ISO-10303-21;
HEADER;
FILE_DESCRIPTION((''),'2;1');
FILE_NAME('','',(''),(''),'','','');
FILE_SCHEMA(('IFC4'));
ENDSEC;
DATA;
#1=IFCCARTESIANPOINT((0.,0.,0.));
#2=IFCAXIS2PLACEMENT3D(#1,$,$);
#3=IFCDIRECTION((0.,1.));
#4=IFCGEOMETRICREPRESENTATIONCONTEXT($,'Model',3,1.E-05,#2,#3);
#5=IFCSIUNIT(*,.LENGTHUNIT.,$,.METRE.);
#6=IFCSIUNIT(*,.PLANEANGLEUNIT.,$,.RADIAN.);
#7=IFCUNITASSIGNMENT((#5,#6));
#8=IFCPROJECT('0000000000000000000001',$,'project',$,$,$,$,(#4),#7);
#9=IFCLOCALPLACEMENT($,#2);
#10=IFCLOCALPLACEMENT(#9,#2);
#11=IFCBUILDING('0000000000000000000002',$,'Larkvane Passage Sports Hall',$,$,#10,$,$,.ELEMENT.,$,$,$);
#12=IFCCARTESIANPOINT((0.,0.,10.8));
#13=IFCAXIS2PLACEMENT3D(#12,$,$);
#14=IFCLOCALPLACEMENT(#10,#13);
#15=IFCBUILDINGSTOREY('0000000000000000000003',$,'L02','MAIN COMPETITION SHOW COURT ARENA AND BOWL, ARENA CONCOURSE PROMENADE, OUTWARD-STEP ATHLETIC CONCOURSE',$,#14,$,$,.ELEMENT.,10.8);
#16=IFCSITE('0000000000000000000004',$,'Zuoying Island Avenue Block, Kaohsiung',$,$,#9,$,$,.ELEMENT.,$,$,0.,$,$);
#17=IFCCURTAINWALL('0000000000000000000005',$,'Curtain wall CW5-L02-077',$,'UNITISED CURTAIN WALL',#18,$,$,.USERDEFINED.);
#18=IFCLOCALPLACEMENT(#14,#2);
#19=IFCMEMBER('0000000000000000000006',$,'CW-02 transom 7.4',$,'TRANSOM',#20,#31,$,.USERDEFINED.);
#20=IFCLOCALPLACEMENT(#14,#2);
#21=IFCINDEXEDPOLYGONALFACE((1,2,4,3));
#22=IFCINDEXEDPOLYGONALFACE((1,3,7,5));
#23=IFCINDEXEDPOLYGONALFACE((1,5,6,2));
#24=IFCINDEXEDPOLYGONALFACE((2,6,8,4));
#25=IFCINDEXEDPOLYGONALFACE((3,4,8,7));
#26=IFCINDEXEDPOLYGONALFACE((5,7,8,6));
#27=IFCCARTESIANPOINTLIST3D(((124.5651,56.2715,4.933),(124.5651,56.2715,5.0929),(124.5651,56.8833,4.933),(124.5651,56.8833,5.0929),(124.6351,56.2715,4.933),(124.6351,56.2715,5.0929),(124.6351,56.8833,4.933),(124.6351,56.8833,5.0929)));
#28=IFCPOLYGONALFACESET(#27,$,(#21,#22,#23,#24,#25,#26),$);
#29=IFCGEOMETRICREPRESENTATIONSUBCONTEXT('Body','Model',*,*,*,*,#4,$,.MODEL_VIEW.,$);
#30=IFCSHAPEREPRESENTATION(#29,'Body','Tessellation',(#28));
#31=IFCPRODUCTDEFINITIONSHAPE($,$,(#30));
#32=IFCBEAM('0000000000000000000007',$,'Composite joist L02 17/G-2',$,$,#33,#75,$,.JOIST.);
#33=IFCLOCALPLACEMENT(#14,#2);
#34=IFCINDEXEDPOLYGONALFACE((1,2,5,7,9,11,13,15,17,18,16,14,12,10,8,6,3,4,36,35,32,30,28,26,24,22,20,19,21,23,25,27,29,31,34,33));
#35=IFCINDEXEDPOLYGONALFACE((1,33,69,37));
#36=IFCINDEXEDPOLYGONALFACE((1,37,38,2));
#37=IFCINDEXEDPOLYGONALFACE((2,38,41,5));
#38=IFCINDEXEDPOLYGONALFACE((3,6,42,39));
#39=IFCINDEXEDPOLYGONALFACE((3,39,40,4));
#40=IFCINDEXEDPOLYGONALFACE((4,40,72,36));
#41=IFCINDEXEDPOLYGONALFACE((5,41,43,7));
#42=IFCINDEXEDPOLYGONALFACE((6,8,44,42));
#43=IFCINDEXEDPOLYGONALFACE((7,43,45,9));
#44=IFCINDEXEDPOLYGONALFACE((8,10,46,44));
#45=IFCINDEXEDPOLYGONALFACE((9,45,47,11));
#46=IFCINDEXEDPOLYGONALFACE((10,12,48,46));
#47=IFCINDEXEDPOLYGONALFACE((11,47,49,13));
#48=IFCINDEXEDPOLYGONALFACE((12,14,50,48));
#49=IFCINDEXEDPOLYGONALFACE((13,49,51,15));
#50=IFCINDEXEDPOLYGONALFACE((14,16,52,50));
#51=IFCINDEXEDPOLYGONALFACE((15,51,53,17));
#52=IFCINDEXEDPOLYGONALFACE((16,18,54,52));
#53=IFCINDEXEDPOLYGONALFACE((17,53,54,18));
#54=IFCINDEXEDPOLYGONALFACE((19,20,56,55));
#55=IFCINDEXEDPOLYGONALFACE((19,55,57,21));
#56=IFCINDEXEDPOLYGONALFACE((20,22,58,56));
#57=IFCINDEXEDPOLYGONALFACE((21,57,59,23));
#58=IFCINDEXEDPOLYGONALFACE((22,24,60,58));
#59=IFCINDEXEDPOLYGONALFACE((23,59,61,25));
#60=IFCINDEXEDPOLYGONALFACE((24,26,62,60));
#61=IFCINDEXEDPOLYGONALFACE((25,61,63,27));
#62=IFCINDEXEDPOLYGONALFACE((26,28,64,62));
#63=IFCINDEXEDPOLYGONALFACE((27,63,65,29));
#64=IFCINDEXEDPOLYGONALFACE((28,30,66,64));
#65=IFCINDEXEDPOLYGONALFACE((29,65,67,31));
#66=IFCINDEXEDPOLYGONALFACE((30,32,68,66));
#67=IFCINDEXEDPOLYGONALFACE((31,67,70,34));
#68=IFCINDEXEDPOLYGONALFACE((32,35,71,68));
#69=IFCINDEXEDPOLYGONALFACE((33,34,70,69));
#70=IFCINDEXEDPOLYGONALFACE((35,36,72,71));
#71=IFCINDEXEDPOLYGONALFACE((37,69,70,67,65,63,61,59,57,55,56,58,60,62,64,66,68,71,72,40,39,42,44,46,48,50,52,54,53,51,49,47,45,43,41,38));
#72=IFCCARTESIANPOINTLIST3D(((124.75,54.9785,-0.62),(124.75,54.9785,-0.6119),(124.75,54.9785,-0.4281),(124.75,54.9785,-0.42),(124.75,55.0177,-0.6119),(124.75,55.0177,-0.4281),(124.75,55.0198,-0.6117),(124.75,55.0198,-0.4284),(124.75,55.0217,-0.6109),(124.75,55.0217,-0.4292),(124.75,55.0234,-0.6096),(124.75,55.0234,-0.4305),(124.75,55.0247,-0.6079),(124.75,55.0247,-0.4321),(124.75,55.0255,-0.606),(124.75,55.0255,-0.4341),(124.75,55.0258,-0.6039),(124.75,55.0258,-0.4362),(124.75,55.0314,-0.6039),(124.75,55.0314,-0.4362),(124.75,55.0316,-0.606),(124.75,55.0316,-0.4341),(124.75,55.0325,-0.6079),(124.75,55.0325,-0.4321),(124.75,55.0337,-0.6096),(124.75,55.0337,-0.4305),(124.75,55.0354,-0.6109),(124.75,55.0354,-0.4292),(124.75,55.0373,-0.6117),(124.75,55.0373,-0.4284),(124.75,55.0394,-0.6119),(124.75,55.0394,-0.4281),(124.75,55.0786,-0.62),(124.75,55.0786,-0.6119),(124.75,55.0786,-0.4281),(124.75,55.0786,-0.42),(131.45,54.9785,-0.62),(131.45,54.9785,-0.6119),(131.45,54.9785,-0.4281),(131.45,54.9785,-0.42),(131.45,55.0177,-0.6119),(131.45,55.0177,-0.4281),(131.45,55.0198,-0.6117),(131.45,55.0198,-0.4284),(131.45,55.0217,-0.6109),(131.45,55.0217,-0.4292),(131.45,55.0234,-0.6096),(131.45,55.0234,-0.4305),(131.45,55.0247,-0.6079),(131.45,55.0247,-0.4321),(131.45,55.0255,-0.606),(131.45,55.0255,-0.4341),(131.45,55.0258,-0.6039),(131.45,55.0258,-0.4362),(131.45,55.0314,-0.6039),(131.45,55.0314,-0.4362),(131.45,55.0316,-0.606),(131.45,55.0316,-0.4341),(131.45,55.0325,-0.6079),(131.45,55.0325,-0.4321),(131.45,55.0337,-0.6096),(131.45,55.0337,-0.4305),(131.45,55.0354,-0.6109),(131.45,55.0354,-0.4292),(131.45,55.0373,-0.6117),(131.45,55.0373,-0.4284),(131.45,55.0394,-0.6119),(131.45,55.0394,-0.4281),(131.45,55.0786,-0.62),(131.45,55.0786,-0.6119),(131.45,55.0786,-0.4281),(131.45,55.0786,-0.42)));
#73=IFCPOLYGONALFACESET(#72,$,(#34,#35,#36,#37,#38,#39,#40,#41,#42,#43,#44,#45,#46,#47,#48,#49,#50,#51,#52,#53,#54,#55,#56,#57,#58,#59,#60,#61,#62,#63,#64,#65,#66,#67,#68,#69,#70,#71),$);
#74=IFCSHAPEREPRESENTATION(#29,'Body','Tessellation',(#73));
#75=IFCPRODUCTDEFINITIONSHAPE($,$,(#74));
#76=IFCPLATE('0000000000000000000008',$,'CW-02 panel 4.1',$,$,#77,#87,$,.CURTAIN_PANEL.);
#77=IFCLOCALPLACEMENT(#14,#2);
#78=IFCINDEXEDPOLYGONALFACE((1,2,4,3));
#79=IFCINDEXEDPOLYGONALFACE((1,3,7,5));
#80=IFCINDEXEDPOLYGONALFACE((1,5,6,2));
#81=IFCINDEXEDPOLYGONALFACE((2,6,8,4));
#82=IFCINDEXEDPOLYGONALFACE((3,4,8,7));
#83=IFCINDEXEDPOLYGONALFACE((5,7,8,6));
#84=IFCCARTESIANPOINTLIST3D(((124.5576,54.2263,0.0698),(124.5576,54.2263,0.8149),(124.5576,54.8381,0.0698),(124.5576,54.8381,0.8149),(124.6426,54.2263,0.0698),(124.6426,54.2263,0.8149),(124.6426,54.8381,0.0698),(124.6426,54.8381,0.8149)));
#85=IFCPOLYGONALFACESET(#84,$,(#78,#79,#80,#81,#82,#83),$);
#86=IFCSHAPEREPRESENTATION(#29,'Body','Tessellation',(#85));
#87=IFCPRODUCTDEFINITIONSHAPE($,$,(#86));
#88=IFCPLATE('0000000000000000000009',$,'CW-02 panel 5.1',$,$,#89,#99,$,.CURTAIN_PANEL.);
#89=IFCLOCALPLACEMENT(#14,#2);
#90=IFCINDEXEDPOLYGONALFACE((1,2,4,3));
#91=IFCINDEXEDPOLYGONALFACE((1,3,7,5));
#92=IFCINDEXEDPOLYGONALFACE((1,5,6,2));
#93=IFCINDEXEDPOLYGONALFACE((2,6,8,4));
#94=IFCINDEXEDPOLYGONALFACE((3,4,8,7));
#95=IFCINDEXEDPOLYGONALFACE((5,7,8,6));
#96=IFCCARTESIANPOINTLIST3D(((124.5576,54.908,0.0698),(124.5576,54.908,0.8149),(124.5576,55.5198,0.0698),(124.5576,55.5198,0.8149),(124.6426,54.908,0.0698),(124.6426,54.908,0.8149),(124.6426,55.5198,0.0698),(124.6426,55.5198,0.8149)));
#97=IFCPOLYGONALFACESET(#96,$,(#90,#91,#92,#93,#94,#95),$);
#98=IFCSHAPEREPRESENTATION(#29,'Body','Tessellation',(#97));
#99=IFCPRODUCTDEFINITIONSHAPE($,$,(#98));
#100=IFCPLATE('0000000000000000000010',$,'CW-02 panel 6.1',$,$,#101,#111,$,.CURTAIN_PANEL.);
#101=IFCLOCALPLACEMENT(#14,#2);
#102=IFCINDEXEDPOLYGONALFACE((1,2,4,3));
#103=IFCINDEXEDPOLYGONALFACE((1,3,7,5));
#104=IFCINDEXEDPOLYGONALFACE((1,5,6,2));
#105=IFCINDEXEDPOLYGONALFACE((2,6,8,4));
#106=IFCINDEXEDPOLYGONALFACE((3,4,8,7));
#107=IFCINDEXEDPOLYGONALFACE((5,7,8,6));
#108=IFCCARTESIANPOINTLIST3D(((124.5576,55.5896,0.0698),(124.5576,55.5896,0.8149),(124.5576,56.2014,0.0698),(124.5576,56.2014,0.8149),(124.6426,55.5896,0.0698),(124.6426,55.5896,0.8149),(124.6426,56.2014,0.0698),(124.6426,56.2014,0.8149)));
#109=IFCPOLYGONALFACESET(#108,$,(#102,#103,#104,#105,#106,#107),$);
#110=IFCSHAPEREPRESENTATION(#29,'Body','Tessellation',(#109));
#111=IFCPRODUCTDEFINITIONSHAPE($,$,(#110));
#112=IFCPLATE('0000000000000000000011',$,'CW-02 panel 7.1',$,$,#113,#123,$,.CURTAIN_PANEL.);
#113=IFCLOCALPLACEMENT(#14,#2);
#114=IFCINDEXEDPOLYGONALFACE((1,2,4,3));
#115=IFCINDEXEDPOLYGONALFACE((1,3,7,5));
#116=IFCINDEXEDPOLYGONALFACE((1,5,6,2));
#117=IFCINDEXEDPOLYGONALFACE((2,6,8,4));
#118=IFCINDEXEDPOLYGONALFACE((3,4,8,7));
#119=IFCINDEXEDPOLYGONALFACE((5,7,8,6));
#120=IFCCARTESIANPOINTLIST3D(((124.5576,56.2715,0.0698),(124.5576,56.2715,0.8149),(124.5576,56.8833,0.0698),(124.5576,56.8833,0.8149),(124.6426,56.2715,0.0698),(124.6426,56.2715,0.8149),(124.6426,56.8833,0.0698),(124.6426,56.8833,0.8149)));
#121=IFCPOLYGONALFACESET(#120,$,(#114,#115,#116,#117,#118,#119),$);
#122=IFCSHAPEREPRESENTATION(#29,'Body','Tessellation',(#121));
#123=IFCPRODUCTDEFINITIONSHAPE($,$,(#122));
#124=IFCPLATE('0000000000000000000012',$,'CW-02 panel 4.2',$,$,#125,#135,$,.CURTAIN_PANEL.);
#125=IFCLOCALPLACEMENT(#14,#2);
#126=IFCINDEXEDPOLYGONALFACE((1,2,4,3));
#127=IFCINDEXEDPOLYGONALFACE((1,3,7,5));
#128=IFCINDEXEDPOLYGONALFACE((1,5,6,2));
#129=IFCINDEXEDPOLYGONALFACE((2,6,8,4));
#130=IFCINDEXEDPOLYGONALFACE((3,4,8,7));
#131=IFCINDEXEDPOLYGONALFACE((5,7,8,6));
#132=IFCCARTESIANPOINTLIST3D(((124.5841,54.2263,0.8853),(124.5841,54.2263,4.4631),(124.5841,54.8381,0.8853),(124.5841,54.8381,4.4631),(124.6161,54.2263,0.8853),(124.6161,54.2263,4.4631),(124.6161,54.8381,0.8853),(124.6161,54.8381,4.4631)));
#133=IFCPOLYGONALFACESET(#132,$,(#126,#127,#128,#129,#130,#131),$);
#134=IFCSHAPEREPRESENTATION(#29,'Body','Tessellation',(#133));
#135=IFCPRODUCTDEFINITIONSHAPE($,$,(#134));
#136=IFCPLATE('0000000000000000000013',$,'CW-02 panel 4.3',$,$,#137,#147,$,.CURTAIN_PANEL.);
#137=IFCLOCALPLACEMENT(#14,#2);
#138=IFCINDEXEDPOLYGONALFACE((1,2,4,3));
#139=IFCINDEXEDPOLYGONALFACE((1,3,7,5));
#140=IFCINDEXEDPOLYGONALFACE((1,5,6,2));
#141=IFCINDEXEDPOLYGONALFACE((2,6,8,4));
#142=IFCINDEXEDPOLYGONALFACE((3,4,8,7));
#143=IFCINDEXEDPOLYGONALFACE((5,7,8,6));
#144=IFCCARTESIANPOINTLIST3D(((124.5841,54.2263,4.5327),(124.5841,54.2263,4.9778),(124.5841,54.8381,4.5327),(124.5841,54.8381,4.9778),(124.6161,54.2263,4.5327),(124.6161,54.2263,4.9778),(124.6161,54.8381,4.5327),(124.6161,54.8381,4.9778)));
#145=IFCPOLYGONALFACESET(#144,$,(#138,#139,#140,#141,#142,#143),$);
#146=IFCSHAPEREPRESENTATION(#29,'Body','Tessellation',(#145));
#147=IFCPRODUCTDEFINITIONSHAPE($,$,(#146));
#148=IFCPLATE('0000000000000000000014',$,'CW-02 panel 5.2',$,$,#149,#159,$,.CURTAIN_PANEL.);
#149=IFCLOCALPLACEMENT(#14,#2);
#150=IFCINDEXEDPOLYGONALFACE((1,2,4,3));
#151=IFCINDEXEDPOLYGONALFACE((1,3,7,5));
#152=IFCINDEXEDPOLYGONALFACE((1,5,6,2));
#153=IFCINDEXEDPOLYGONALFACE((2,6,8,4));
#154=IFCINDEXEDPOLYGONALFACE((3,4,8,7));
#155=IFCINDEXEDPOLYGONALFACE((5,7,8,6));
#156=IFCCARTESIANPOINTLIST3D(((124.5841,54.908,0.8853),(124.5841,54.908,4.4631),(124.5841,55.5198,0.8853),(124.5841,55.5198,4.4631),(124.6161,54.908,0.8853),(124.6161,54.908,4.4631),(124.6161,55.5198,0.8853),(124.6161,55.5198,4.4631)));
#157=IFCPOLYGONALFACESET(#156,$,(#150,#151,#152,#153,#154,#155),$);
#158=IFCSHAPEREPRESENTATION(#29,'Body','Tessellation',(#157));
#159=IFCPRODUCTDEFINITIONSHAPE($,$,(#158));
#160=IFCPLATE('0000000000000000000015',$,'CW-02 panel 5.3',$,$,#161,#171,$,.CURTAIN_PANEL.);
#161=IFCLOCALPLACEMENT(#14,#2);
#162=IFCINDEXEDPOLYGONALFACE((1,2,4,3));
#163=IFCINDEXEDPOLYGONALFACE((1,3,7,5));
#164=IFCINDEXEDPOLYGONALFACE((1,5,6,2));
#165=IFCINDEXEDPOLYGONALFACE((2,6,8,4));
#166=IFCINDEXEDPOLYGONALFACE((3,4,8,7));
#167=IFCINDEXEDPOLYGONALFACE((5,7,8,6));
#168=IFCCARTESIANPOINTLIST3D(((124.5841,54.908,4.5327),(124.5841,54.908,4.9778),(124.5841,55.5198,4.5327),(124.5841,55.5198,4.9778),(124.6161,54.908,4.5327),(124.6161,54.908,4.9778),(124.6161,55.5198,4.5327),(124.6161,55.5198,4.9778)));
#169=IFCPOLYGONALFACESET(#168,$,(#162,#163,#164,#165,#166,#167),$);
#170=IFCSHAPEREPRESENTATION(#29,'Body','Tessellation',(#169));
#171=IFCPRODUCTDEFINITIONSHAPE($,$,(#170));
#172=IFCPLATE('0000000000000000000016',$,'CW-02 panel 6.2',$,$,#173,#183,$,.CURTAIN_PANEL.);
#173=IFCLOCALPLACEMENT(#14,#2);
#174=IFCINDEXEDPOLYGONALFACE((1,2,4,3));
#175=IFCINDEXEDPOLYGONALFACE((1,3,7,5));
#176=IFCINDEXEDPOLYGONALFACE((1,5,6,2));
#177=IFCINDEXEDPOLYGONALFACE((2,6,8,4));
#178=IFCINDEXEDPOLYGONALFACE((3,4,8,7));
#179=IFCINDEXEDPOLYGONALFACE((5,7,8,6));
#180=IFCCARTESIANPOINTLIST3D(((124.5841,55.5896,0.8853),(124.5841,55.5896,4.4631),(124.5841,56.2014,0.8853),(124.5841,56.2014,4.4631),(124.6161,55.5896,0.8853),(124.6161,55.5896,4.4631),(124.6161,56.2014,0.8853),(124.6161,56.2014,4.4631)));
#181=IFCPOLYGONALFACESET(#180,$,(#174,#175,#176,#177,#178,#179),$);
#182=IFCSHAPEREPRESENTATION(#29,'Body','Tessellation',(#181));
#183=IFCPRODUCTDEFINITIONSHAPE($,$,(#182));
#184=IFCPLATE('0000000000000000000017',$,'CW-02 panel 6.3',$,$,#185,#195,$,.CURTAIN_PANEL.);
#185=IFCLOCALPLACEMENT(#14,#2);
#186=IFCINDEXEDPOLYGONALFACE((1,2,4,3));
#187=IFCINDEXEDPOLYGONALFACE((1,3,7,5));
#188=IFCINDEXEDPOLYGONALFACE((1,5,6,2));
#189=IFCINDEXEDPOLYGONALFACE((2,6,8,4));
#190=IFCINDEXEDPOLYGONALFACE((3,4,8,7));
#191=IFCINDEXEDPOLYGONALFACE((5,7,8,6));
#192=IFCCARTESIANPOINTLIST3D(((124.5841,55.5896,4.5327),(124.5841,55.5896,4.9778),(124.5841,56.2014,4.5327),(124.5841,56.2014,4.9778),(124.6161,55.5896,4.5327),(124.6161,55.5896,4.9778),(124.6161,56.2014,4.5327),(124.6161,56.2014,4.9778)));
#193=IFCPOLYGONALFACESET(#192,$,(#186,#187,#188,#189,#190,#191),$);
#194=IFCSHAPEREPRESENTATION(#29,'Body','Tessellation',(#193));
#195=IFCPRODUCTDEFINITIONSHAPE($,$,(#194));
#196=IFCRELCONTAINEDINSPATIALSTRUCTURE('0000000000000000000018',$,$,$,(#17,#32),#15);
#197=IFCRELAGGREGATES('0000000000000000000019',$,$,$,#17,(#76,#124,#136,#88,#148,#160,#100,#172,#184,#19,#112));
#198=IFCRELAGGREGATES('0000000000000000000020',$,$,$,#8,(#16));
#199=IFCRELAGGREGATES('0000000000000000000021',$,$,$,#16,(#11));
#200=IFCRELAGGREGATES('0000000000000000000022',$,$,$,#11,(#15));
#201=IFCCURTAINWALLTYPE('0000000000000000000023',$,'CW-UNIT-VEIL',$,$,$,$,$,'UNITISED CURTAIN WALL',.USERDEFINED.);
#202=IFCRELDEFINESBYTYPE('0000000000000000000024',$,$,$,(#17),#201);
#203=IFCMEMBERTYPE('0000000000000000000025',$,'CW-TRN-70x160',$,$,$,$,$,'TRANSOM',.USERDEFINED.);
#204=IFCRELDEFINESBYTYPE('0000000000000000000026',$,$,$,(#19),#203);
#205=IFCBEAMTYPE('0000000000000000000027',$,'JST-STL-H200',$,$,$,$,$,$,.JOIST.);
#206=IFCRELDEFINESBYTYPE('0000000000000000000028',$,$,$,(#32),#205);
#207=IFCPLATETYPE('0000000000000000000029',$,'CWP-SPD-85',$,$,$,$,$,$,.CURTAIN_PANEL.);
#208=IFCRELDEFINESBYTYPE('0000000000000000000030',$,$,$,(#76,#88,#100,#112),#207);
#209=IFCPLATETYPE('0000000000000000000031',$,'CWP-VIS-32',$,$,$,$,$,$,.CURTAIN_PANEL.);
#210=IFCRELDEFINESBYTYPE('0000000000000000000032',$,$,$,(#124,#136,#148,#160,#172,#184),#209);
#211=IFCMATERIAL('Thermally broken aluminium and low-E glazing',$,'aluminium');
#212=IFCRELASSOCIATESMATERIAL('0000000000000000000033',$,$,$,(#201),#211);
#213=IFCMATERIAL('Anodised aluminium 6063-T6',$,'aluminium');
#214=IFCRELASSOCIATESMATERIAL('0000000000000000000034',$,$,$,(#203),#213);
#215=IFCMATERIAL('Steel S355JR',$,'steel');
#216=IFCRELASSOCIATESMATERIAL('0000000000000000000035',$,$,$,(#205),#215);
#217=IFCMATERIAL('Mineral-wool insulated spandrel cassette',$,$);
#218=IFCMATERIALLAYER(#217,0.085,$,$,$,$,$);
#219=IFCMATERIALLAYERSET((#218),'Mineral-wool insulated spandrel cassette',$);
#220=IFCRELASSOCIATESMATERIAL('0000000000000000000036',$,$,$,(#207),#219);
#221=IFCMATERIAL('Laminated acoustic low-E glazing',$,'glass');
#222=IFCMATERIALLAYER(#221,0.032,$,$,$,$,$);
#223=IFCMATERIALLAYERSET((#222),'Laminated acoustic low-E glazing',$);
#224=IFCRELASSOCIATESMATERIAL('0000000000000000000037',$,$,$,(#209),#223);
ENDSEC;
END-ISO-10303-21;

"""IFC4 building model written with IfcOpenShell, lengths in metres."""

from ifc_helpers import new_model, si_unit, direction, frame, origin, origin_2d, place, context, subcontext, project, spatial, rectangle, i_section, extrude, material, layer, layer_set, material_profile, profile_set, type_object, element, aggregate, save


model = new_model("IFC4")

# Units and contexts
model_context = context("Model", 3, precision=1e-05, world=origin(), true_north=direction((0.0, 1.0)))
body_context = subcontext(model_context, "Body", "Model", "MODEL_VIEW")
ifc_project = project(units=[si_unit("LENGTHUNIT", "METRE"), si_unit("PLANEANGLEUNIT", "RADIAN")], contexts=[model_context])

# Site, building, storey
site_placement = place(None, origin())
site = spatial("IfcSite", under=ifc_project, at=site_placement, Name="Zuoying Island Avenue Block, Kaohsiung", CompositionType="ELEMENT", RefElevation=0.0)
building_placement = place(site_placement, origin())
building = spatial("IfcBuilding", under=site, at=building_placement, Name="Larkvane Passage Sports Hall", CompositionType="ELEMENT")
storey_placement = place(building_placement, frame((0.0, 0.0, 10.8)))
storey = spatial("IfcBuildingStorey", under=building, at=storey_placement, Name="L02", Description="MAIN COMPETITION SHOW COURT ARENA AND BOWL, ARENA CONCOURSE PROMENADE, OUTWARD-STEP ATHLETIC CONCOURSE", CompositionType="ELEMENT", Elevation=10.8)

# Curtain wall, member
ifc_material_1 = material(Name="Thermally broken aluminium and low-E glazing", Category="aluminium")
curtain_wall_type = type_object("IfcCurtainWallType", Name="CW-UNIT-VEIL", ElementType="UNITISED CURTAIN WALL", PredefinedType="USERDEFINED", material=ifc_material_1)
curtain_wall_placement = place(storey_placement, origin())
curtain_wall = element("IfcCurtainWall", 1, at=curtain_wall_placement, inside=storey, type_object=curtain_wall_type, Name="Curtain wall CW5-L02-077", ObjectType="UNITISED CURTAIN WALL", PredefinedType="USERDEFINED")
ifc_material_2 = material(Name="Anodised aluminium 6063-T6", Category="aluminium")
ifc_material_profile_1 = material_profile(ifc_material_2, rectangle(XDim=0.0701, YDim=0.1599, at=origin_2d()), Name="ALU-TRN-70x160")
ifc_profile_set_1 = profile_set([ifc_material_profile_1], Name="Anodised aluminium 6063-T6")
member_type_1 = type_object("IfcMemberType", Name="CW-TRN-70x160", ElementType="TRANSOM", PredefinedType="USERDEFINED", material=ifc_profile_set_1)
member_1_placement = place(storey_placement, frame((124.6001, 56.2715, 5.0129), z_axis=(0.0, 1.0, 0.0), x_axis=(-1.0, 0.0, 0.0)))
member_1 = element("IfcMember", 2, at=member_1_placement, type_object=member_type_1, Name="CW-02 transom 7.4", ObjectType="TRANSOM", PredefinedType="USERDEFINED", context=body_context, shape_type="SweptSolid", body=[
    extrude(rectangle(XDim=0.0701, YDim=0.1599, at=origin_2d()), origin(), (0.0, 0.0, 1.0), 0.6118),
])

# Beam
ifc_material_3 = material(Name="Steel S355JR", Category="steel")
ifc_material_profile_2 = material_profile(ifc_material_3, i_section(OverallWidth=0.1001, OverallDepth=0.2, WebThickness=0.0056, FlangeThickness=0.0081, FilletRadius=0.0081, at=origin_2d()), Name="H-200x100x5.5x8")
ifc_profile_set_2 = profile_set([ifc_material_profile_2], Name="Steel S355JR")
beam_type = type_object("IfcBeamType", Name="JST-STL-H200", PredefinedType="JOIST", material=ifc_profile_set_2)
beam_placement = place(storey_placement, frame((124.75, 55.0286, -0.52), z_axis=(1.0, 0.0, 0.0), x_axis=(0.0, 1.0, 0.0)))
element("IfcBeam", 3, at=beam_placement, inside=storey, type_object=beam_type, Name="Composite joist L02 17/G-2", PredefinedType="JOIST", context=body_context, shape_type="SweptSolid", body=[
    extrude(i_section(OverallWidth=0.1001, OverallDepth=0.2, WebThickness=0.0056, FlangeThickness=0.0081, FilletRadius=0.0081, at=origin_2d()), origin(), (0.0, 0.0, 1.0), 6.7),
])

# Plates
ifc_material_4 = material(Name="Mineral-wool insulated spandrel cassette")
ifc_layer_1 = layer(ifc_material_4, 0.085)
ifc_layer_set_1 = layer_set([ifc_layer_1], Name="Mineral-wool insulated spandrel cassette")
plate_type_1 = type_object("IfcPlateType", Name="CWP-SPD-85", PredefinedType="CURTAIN_PANEL", material=ifc_layer_set_1)
plate_1_placement = place(storey_placement, frame((124.6001, 54.5322, 0.0698), z_axis=(0.0, 0.0, 1.0), x_axis=(0.0, 1.0, 0.0)))
plate_1 = element("IfcPlate", 4, at=plate_1_placement, type_object=plate_type_1, Name="CW-02 panel 4.1", PredefinedType="CURTAIN_PANEL", context=body_context, shape_type="SweptSolid", body=[
    extrude(rectangle(XDim=0.6118, YDim=0.085, at=origin_2d()), origin(), (0.0, 0.0, 1.0), 0.7451),
])
plate_2_placement = place(storey_placement, frame((124.6001, 55.2139, 0.0698), z_axis=(0.0, 0.0, 1.0), x_axis=(0.0, 1.0, 0.0)))
plate_2 = element("IfcPlate", 5, at=plate_2_placement, type_object=plate_type_1, Name="CW-02 panel 5.1", PredefinedType="CURTAIN_PANEL", context=body_context, shape_type="SweptSolid", body=[
    extrude(rectangle(XDim=0.6118, YDim=0.085, at=origin_2d()), origin(), (0.0, 0.0, 1.0), 0.7451),
])
plate_3_placement = place(storey_placement, frame((124.6001, 55.8955, 0.0698), z_axis=(0.0, 0.0, 1.0), x_axis=(0.0, 1.0, 0.0)))
plate_3 = element("IfcPlate", 6, at=plate_3_placement, type_object=plate_type_1, Name="CW-02 panel 6.1", PredefinedType="CURTAIN_PANEL", context=body_context, shape_type="SweptSolid", body=[
    extrude(rectangle(XDim=0.6118, YDim=0.085, at=origin_2d()), origin(), (0.0, 0.0, 1.0), 0.7451),
])
plate_4_placement = place(storey_placement, frame((124.6001, 56.5774, 0.0698), z_axis=(0.0, 0.0, 1.0), x_axis=(0.0, 1.0, 0.0)))
plate_4 = element("IfcPlate", 7, at=plate_4_placement, type_object=plate_type_1, Name="CW-02 panel 7.1", PredefinedType="CURTAIN_PANEL", context=body_context, shape_type="SweptSolid", body=[
    extrude(rectangle(XDim=0.6118, YDim=0.085, at=origin_2d()), origin(), (0.0, 0.0, 1.0), 0.7451),
])
ifc_material_5 = material(Name="Laminated acoustic low-E glazing", Category="glass")
ifc_layer_2 = layer(ifc_material_5, 0.032)
ifc_layer_set_2 = layer_set([ifc_layer_2], Name="Laminated acoustic low-E glazing")
plate_type_2 = type_object("IfcPlateType", Name="CWP-VIS-32", PredefinedType="CURTAIN_PANEL", material=ifc_layer_set_2)
plate_5_placement = place(storey_placement, frame((124.6001, 54.5322, 0.8853), z_axis=(0.0, 0.0, 1.0), x_axis=(0.0, 1.0, 0.0)))
plate_5 = element("IfcPlate", 8, at=plate_5_placement, type_object=plate_type_2, Name="CW-02 panel 4.2", PredefinedType="CURTAIN_PANEL", context=body_context, shape_type="SweptSolid", body=[
    extrude(rectangle(XDim=0.6118, YDim=0.032, at=origin_2d()), origin(), (0.0, 0.0, 1.0), 3.5779),
])
plate_6_placement = place(storey_placement, frame((124.6001, 54.5322, 4.5327), z_axis=(0.0, 0.0, 1.0), x_axis=(0.0, 1.0, 0.0)))
plate_6 = element("IfcPlate", 9, at=plate_6_placement, type_object=plate_type_2, Name="CW-02 panel 4.3", PredefinedType="CURTAIN_PANEL", context=body_context, shape_type="SweptSolid", body=[
    extrude(rectangle(XDim=0.6118, YDim=0.032, at=origin_2d()), origin(), (0.0, 0.0, 1.0), 0.4451),
])
plate_7_placement = place(storey_placement, frame((124.6001, 55.2139, 0.8853), z_axis=(0.0, 0.0, 1.0), x_axis=(0.0, 1.0, 0.0)))
plate_7 = element("IfcPlate", 10, at=plate_7_placement, type_object=plate_type_2, Name="CW-02 panel 5.2", PredefinedType="CURTAIN_PANEL", context=body_context, shape_type="SweptSolid", body=[
    extrude(rectangle(XDim=0.6118, YDim=0.032, at=origin_2d()), origin(), (0.0, 0.0, 1.0), 3.5779),
])
plate_8_placement = place(storey_placement, frame((124.6001, 55.2139, 4.5327), z_axis=(0.0, 0.0, 1.0), x_axis=(0.0, 1.0, 0.0)))
plate_8 = element("IfcPlate", 11, at=plate_8_placement, type_object=plate_type_2, Name="CW-02 panel 5.3", PredefinedType="CURTAIN_PANEL", context=body_context, shape_type="SweptSolid", body=[
    extrude(rectangle(XDim=0.6118, YDim=0.032, at=origin_2d()), origin(), (0.0, 0.0, 1.0), 0.4451),
])
plate_9_placement = place(storey_placement, frame((124.6001, 55.8955, 0.8853), z_axis=(0.0, 0.0, 1.0), x_axis=(0.0, 1.0, 0.0)))
plate_9 = element("IfcPlate", 12, at=plate_9_placement, type_object=plate_type_2, Name="CW-02 panel 6.2", PredefinedType="CURTAIN_PANEL", context=body_context, shape_type="SweptSolid", body=[
    extrude(rectangle(XDim=0.6118, YDim=0.032, at=origin_2d()), origin(), (0.0, 0.0, 1.0), 3.5779),
])
plate_10_placement = place(storey_placement, frame((124.6001, 55.8955, 4.5327), z_axis=(0.0, 0.0, 1.0), x_axis=(0.0, 1.0, 0.0)))
plate_10 = element("IfcPlate", 13, at=plate_10_placement, type_object=plate_type_2, Name="CW-02 panel 6.3", PredefinedType="CURTAIN_PANEL", context=body_context, shape_type="SweptSolid", body=[
    extrude(rectangle(XDim=0.6118, YDim=0.032, at=origin_2d()), origin(), (0.0, 0.0, 1.0), 0.4451),
])
aggregate(curtain_wall, [plate_1, plate_5, plate_6, plate_2, plate_7, plate_8, plate_3, plate_9, plate_10, member_1, plate_4])

save(model, "model.ifc")
